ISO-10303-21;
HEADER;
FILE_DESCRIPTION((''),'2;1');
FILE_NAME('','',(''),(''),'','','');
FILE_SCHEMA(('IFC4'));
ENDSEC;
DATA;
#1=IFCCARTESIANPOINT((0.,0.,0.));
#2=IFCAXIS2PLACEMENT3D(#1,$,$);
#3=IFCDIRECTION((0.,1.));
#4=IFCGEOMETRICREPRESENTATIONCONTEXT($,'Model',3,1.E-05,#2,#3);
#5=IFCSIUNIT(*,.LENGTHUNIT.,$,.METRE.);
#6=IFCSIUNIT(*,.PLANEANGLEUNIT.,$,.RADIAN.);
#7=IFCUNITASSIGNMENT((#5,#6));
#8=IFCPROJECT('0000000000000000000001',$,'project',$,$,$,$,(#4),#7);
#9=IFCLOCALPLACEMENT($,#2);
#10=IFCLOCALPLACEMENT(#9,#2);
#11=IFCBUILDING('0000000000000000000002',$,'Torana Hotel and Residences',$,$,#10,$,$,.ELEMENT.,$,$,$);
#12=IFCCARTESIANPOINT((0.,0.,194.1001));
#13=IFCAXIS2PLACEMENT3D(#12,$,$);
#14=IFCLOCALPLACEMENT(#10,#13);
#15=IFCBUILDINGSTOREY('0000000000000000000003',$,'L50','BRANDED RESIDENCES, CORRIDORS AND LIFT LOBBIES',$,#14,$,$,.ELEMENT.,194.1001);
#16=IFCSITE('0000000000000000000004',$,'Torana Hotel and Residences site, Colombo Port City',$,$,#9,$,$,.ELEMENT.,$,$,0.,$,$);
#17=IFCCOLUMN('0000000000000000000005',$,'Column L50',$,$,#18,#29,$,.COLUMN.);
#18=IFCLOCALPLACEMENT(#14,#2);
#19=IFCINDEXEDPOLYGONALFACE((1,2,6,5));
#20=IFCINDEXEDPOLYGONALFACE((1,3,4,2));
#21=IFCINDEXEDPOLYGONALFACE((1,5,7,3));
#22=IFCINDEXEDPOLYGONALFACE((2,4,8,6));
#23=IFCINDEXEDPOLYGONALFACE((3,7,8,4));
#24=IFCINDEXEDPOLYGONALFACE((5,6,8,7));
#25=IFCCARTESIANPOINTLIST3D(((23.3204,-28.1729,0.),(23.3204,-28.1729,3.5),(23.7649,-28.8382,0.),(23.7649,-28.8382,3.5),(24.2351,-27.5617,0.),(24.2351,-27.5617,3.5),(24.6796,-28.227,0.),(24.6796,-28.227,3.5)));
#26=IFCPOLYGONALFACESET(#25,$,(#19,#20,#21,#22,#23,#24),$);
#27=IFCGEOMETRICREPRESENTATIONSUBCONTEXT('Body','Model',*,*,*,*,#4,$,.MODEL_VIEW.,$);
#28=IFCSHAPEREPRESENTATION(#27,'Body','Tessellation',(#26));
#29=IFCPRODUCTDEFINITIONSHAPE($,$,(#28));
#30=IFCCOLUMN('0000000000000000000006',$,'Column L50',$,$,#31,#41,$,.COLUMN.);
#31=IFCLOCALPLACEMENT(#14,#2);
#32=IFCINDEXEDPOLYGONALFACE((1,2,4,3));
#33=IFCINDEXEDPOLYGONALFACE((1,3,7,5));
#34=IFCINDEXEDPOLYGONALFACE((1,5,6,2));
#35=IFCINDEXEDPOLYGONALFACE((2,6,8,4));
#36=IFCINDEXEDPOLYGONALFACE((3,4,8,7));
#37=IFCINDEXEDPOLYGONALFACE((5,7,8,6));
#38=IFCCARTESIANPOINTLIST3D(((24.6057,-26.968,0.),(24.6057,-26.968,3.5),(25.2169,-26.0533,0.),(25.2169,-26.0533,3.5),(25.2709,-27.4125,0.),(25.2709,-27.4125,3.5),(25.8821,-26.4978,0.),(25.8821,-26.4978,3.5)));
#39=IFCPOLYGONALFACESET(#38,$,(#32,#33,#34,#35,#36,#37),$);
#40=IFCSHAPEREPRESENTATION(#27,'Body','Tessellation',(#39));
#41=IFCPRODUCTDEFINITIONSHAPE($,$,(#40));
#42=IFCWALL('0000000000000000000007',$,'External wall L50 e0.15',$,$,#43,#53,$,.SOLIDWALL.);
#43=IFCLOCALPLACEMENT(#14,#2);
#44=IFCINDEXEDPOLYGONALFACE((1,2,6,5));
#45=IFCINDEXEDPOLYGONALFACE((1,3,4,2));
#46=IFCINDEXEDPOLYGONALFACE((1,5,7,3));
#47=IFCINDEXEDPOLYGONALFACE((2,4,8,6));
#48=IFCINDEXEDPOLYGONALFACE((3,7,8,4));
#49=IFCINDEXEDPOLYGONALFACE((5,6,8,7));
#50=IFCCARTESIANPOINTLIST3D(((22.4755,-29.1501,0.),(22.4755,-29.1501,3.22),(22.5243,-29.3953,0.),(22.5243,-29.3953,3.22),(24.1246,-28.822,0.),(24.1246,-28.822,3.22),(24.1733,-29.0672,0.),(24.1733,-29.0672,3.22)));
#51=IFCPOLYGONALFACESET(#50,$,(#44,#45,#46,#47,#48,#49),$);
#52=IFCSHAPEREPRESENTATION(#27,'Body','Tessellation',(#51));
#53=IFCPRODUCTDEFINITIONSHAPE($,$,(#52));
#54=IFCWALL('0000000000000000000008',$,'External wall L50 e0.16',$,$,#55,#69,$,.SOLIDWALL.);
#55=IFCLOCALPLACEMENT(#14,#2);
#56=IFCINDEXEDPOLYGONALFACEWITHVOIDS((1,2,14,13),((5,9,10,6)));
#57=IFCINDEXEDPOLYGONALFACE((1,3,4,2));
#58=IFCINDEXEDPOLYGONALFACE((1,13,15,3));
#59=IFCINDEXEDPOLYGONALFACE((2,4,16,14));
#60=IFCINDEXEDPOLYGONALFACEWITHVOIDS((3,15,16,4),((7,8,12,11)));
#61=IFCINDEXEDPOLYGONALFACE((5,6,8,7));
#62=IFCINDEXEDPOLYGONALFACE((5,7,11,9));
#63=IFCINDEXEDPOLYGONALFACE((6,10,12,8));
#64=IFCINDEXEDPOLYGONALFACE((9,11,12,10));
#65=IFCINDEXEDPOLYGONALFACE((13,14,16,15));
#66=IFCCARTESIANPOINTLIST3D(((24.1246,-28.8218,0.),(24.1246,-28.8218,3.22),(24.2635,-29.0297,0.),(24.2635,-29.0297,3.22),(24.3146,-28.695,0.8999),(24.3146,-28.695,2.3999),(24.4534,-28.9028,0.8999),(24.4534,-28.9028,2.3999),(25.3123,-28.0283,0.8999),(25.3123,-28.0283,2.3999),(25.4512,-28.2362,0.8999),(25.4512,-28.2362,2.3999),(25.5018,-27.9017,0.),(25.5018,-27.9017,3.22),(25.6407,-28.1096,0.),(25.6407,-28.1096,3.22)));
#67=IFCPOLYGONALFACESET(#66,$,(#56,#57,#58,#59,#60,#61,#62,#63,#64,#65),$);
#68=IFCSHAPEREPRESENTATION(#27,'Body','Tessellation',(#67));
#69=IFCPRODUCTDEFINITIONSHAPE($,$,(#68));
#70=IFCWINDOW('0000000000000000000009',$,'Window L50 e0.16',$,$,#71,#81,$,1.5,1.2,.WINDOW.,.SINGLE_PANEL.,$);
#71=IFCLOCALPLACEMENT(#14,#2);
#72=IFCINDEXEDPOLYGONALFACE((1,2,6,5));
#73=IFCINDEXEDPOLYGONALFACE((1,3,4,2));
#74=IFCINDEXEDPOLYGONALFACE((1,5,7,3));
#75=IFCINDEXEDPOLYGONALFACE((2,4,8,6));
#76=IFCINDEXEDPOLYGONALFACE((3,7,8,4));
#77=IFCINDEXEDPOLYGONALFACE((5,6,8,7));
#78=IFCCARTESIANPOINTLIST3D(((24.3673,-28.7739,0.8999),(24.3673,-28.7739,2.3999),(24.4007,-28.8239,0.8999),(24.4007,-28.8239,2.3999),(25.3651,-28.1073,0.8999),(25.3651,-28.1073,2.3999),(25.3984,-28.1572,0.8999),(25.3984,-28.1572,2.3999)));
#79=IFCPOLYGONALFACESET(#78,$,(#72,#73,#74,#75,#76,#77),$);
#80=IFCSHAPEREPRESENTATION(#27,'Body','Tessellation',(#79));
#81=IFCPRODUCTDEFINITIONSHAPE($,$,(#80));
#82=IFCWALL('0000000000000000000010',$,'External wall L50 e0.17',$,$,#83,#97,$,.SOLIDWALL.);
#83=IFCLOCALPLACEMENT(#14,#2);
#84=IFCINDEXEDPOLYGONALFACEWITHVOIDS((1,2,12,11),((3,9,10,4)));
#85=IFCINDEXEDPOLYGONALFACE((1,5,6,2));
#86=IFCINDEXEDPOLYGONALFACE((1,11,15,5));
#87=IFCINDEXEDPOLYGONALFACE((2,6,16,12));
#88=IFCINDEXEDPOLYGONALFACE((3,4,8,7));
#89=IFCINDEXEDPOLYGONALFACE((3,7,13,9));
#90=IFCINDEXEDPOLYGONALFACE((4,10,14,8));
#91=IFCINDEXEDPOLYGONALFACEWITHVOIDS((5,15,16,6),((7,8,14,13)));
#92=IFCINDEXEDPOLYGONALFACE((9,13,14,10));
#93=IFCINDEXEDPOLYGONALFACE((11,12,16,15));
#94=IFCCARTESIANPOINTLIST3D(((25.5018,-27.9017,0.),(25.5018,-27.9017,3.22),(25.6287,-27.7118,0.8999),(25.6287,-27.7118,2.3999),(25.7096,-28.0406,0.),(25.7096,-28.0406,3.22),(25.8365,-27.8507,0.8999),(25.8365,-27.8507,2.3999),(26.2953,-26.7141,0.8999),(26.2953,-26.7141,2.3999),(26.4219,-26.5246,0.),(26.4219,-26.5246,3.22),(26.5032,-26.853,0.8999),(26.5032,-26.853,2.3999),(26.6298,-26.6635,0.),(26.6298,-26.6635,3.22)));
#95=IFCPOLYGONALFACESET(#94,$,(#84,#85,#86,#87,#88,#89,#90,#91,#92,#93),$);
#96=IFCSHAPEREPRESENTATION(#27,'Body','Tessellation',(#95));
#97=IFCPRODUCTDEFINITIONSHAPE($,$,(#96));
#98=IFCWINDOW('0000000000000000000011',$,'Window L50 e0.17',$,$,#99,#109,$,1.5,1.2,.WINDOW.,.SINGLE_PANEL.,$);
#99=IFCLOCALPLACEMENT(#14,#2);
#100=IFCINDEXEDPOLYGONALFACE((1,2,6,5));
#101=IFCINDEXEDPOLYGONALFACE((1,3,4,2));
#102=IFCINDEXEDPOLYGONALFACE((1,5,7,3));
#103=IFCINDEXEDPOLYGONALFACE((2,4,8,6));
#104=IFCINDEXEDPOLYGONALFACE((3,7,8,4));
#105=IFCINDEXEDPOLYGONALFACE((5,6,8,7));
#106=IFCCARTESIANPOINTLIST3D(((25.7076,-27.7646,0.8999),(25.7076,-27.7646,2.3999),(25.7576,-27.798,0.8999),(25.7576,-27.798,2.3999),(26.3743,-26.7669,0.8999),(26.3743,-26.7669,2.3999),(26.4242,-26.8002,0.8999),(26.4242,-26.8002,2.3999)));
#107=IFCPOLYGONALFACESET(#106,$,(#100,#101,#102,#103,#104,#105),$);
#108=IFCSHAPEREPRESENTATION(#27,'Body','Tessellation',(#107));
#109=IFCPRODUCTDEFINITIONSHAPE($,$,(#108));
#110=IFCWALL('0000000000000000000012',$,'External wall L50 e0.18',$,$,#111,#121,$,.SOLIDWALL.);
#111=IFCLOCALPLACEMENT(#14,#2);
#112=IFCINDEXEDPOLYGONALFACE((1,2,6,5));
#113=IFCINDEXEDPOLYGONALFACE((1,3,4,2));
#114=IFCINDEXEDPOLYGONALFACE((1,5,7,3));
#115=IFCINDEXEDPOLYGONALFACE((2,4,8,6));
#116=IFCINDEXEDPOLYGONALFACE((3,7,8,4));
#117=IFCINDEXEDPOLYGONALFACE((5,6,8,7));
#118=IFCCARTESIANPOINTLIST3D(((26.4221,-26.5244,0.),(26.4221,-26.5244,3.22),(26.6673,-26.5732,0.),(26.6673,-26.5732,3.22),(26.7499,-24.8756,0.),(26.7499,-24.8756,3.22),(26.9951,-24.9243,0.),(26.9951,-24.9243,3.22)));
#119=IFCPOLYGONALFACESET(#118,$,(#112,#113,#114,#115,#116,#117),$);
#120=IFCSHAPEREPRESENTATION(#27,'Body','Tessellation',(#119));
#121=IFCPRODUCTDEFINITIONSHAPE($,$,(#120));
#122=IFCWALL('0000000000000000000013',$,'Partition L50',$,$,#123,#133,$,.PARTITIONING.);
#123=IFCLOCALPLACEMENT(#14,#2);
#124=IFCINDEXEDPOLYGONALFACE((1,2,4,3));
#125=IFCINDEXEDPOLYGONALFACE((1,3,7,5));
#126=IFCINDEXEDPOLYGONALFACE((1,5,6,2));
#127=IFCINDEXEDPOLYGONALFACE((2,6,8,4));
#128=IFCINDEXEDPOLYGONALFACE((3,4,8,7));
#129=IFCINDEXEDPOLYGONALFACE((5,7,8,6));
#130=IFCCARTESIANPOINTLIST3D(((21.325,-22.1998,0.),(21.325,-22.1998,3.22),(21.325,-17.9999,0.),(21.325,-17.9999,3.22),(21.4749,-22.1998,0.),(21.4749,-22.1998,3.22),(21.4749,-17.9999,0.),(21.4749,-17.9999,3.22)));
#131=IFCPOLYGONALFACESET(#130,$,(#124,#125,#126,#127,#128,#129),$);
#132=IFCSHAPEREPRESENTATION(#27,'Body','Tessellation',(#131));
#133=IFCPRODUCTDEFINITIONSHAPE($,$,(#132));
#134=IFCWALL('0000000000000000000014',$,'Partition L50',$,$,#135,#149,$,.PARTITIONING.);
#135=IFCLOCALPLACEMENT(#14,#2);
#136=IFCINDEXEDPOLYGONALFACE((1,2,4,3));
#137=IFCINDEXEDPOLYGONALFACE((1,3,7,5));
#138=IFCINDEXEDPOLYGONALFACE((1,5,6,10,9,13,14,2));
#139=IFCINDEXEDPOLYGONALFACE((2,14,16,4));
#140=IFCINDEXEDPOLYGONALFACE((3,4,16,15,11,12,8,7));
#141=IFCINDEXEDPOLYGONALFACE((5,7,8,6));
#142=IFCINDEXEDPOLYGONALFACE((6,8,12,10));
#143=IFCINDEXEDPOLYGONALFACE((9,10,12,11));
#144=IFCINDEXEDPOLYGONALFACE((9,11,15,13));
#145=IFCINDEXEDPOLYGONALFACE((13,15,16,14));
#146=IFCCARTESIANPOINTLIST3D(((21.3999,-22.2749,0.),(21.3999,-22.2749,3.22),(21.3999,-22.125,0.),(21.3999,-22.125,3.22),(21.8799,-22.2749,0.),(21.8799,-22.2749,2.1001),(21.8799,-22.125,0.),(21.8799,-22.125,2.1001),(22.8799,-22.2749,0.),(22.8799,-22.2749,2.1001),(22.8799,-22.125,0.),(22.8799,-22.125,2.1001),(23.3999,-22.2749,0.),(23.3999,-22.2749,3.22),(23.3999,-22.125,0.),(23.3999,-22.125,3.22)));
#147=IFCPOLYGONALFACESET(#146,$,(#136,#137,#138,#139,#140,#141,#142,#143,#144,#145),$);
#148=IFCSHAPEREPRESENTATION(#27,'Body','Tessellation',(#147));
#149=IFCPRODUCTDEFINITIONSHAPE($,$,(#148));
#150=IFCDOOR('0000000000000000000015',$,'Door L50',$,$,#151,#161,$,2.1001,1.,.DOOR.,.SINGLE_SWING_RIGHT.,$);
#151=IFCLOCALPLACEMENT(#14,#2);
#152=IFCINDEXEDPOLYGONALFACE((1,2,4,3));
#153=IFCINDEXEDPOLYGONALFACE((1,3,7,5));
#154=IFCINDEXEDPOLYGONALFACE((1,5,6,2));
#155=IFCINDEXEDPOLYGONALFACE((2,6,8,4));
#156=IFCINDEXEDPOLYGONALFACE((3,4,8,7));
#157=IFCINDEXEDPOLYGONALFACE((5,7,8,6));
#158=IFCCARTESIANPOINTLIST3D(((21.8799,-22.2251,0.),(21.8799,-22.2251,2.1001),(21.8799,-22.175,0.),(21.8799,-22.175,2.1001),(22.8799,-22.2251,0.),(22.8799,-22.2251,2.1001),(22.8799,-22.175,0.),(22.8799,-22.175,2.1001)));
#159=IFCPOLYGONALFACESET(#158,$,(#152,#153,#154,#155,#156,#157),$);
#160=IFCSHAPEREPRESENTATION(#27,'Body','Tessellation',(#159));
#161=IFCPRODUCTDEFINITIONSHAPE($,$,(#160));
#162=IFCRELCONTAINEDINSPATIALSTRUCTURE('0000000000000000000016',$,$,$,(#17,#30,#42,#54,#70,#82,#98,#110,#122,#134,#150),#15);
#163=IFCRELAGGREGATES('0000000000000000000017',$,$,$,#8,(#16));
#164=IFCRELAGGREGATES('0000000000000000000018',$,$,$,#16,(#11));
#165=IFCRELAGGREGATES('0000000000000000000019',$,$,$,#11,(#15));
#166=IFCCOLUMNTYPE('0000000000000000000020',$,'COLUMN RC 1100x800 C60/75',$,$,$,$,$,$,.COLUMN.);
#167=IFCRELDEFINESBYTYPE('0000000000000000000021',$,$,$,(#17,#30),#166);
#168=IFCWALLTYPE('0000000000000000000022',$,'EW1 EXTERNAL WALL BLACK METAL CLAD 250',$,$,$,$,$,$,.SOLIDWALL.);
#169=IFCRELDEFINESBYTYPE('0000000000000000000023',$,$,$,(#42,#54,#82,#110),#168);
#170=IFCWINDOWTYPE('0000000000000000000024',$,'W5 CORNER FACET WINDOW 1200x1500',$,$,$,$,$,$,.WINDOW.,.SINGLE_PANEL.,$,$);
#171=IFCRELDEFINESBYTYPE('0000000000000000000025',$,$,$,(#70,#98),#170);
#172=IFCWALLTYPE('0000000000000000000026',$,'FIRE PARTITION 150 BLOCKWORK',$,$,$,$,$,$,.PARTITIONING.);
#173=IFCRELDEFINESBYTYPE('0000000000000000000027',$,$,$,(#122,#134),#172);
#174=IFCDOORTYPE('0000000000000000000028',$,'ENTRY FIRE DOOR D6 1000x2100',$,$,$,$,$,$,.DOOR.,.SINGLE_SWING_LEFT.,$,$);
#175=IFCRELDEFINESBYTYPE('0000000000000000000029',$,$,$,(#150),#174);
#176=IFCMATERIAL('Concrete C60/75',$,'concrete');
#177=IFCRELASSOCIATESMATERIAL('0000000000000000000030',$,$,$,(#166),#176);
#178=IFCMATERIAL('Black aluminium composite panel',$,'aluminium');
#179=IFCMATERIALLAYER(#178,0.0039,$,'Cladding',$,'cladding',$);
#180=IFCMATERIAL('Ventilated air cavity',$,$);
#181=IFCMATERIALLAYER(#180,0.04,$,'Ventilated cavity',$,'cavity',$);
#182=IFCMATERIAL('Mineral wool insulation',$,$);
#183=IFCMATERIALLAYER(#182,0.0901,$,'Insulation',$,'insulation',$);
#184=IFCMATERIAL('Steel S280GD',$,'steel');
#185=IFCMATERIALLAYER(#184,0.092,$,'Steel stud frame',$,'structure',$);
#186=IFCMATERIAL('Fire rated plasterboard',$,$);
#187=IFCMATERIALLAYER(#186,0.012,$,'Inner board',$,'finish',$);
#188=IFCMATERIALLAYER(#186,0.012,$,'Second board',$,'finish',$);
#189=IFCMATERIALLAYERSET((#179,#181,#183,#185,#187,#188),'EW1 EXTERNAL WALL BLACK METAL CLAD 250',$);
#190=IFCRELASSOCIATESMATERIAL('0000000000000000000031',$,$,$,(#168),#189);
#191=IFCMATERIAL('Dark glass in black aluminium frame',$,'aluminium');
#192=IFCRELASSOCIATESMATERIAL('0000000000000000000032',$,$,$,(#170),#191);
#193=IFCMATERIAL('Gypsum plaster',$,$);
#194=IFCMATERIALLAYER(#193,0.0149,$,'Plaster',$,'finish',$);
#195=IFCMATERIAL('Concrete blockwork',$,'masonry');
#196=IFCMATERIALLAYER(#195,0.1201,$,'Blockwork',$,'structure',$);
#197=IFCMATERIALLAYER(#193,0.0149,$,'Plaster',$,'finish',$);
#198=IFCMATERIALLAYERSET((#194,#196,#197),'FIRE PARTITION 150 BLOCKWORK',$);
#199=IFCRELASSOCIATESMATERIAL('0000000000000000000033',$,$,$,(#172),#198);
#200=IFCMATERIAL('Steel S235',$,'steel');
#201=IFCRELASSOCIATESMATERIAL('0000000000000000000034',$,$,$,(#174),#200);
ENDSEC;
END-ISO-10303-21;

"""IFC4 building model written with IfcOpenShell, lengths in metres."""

from ifc_helpers import new_model, si_unit, direction, frame, frame_2d, origin, origin_2d, place, context, subcontext, project, spatial, rectangle, extrude, material, layer, layer_set, material_profile, profile_set, type_object, element, fill, save


model = new_model("IFC4")

# Units and contexts
model_context = context("Model", 3, precision=1e-05, world=origin(), true_north=direction((0.0, 1.0)))
body_context = subcontext(model_context, "Body", "Model", "MODEL_VIEW")
ifc_project = project(units=[si_unit("LENGTHUNIT", "METRE"), si_unit("PLANEANGLEUNIT", "RADIAN")], contexts=[model_context])

# Site, building, storey
site_placement = place(None, origin())
site = spatial("IfcSite", under=ifc_project, at=site_placement, Name="Torana Hotel and Residences site, Colombo Port City", CompositionType="ELEMENT", RefElevation=0.0)
building_placement = place(site_placement, origin())
building = spatial("IfcBuilding", under=site, at=building_placement, Name="Torana Hotel and Residences", CompositionType="ELEMENT")
storey_placement = place(building_placement, frame((0.0, 0.0, 194.1001)))
storey = spatial("IfcBuildingStorey", under=building, at=storey_placement, Name="L50", Description="BRANDED RESIDENCES, CORRIDORS AND LIFT LOBBIES", CompositionType="ELEMENT", Elevation=194.1001)

# Columns
ifc_material_1 = material(Name="Concrete C60/75", Category="concrete")
ifc_material_profile = material_profile(ifc_material_1, rectangle(XDim=1.1001, YDim=0.8, at=origin_2d()), Name="RC 1100x800")
ifc_profile_set = profile_set([ifc_material_profile], Name="Concrete C60/75")
column_type = type_object("IfcColumnType", Name="COLUMN RC 1100x800 C60/75", PredefinedType="COLUMN", material=ifc_profile_set)
for number, where, z_axis, x_axis, name in (
    (1, (24.0, -28.2, 0.0), (0.0, 0.0, 1.0), (0.83146, 0.555585, 0.0), "Column L50"),
    (2, (25.2439, -26.7329, 0.0), (0.0, 0.0, 1.0), (0.555585, 0.83146, 0.0), "Column L50"),
):
    element("IfcColumn", number, at=place(storey_placement, frame(where, z_axis=z_axis, x_axis=x_axis)), inside=storey, type_object=column_type, Name=name, PredefinedType="COLUMN", context=body_context, shape_type="SweptSolid", body=[
        extrude(rectangle(XDim=1.1001, YDim=0.8, at=origin_2d()), origin(), (0.0, 0.0, 1.0), 3.5),
    ])

# Wall
ifc_material_2 = material(Name="Black aluminium composite panel", Category="aluminium")
ifc_layer_1 = layer(ifc_material_2, 0.0039, Name="Cladding", Category="cladding")
ifc_material_3 = material(Name="Ventilated air cavity")
ifc_layer_2 = layer(ifc_material_3, 0.04, Name="Ventilated cavity", Category="cavity")
ifc_material_4 = material(Name="Mineral wool insulation")
ifc_layer_3 = layer(ifc_material_4, 0.0901, Name="Insulation", Category="insulation")
ifc_material_5 = material(Name="Steel S280GD", Category="steel")
ifc_layer_4 = layer(ifc_material_5, 0.092, Name="Steel stud frame", Category="structure")
ifc_material_6 = material(Name="Fire rated plasterboard")
ifc_layer_5 = layer(ifc_material_6, 0.012, Name="Inner board", Category="finish")
ifc_layer_6 = layer(ifc_material_6, 0.012, Name="Second board", Category="finish")
ifc_layer_set_1 = layer_set([ifc_layer_1, ifc_layer_2, ifc_layer_3, ifc_layer_4, ifc_layer_5, ifc_layer_6], Name="EW1 EXTERNAL WALL BLACK METAL CLAD 250")
wall_type_1 = type_object("IfcWallType", Name="EW1 EXTERNAL WALL BLACK METAL CLAD 250", PredefinedType="SOLIDWALL", material=ifc_layer_set_1)
wall_1_placement = place(storey_placement, frame((22.4998, -29.2727, 0.0), z_axis=(0.0, 0.0, 1.0), x_axis=(0.980776, 0.195139, 0.0)))
element("IfcWall", 3, at=wall_1_placement, inside=storey, type_object=wall_type_1, Name="External wall L50 e0.15", PredefinedType="SOLIDWALL", context=body_context, shape_type="SweptSolid", body=[
    extrude(rectangle(XDim=1.6814, YDim=0.25, at=frame_2d((0.8408, 0.0))), origin(), (0.0, 0.0, 1.0), 3.22),
])

# Walls, openings, windows
wall_2_placement = place(storey_placement, frame((24.1941, -28.9258, 0.0), z_axis=(0.0, 0.0, 1.0), x_axis=(0.831483, 0.55555, 0.0)))
wall_2 = element("IfcWall", 4, at=wall_2_placement, inside=storey, type_object=wall_type_1, Name="External wall L50 e0.16", PredefinedType="SOLIDWALL", context=body_context, shape_type="SweptSolid", body=[
    extrude(rectangle(XDim=1.6562, YDim=0.25, at=frame_2d((0.8281, 0.0))), origin(), (0.0, 0.0, 1.0), 3.22),
])
opening_1_placement = place(wall_2_placement, frame((0.2283, 0.0, 0.8999)))
opening_1 = element("IfcOpeningElement", 5, at=opening_1_placement, cuts=wall_2, PredefinedType="OPENING", context=body_context, shape_type="SweptSolid", body=[
    extrude(rectangle(XDim=1.2, YDim=1.5, at=frame_2d((0.6001, 0.75))), frame((0.0, 0.135, 0.0), z_axis=(0.0, -1.0, 0.0), x_axis=(1.0, 0.0, 0.0)), (0.0, 0.0, 1.0), 0.27),
])
ifc_material_7 = material(Name="Dark glass in black aluminium frame", Category="aluminium")
window_type = type_object("IfcWindowType", Name="W5 CORNER FACET WINDOW 1200x1500", PartitioningType="SINGLE_PANEL", PredefinedType="WINDOW", material=ifc_material_7)
window_1_placement = place(opening_1_placement, origin())
window_1 = element("IfcWindow", 6, at=window_1_placement, inside=storey, type_object=window_type, Name="Window L50 e0.16", OverallHeight=1.5, OverallWidth=1.2, PartitioningType="SINGLE_PANEL", PredefinedType="WINDOW", context=body_context, shape_type="SweptSolid", body=[
    extrude(rectangle(XDim=1.2, YDim=1.5, at=frame_2d((0.6001, 0.75))), frame((0.0, 0.03, 0.0), z_axis=(0.0, -1.0, 0.0), x_axis=(1.0, 0.0, 0.0)), (0.0, 0.0, 1.0), 0.0601),
])
fill(opening_1, window_1)
wall_3_placement = place(storey_placement, frame((25.6057, -27.9712, 0.0), z_axis=(0.0, 0.0, 1.0), x_axis=(0.55555, 0.831483, 0.0)))
wall_3 = element("IfcWall", 7, at=wall_3_placement, inside=storey, type_object=wall_type_1, Name="External wall L50 e0.17", PredefinedType="SOLIDWALL", context=body_context, shape_type="SweptSolid", body=[
    extrude(rectangle(XDim=1.6562, YDim=0.25, at=frame_2d((0.8281, 0.0))), origin(), (0.0, 0.0, 1.0), 3.22),
])
opening_2_placement = place(wall_3_placement, frame((0.2283, 0.0, 0.8999)))
opening_2 = element("IfcOpeningElement", 8, at=opening_2_placement, cuts=wall_3, PredefinedType="OPENING", context=body_context, shape_type="SweptSolid", body=[
    extrude(rectangle(XDim=1.2, YDim=1.5, at=frame_2d((0.6001, 0.75))), frame((0.0, 0.135, 0.0), z_axis=(0.0, -1.0, 0.0), x_axis=(1.0, 0.0, 0.0)), (0.0, 0.0, 1.0), 0.27),
])
window_2_placement = place(opening_2_placement, origin())
window_2 = element("IfcWindow", 9, at=window_2_placement, inside=storey, type_object=window_type, Name="Window L50 e0.17", OverallHeight=1.5, OverallWidth=1.2, PartitioningType="SINGLE_PANEL", PredefinedType="WINDOW", context=body_context, shape_type="SweptSolid", body=[
    extrude(rectangle(XDim=1.2, YDim=1.5, at=frame_2d((0.6001, 0.75))), frame((0.0, 0.03, 0.0), z_axis=(0.0, -1.0, 0.0), x_axis=(1.0, 0.0, 0.0)), (0.0, 0.0, 1.0), 0.0601),
])
fill(opening_2, window_2)

# Wall
wall_4_placement = place(storey_placement, frame((26.5447, -26.5488, 0.0), z_axis=(0.0, 0.0, 1.0), x_axis=(0.195027, 0.980798, 0.0)))
element("IfcWall", 10, at=wall_4_placement, inside=storey, type_object=wall_type_1, Name="External wall L50 e0.18", PredefinedType="SOLIDWALL", context=body_context, shape_type="SweptSolid", body=[
    extrude(rectangle(XDim=1.6812, YDim=0.25, at=frame_2d((0.8406, 0.0))), origin(), (0.0, 0.0, 1.0), 3.22),
])

# Wall
ifc_material_8 = material(Name="Gypsum plaster")
ifc_layer_7 = layer(ifc_material_8, 0.0149, Name="Plaster", Category="finish")
ifc_material_9 = material(Name="Concrete blockwork", Category="masonry")
ifc_layer_8 = layer(ifc_material_9, 0.1201, Name="Blockwork", Category="structure")
ifc_layer_9 = layer(ifc_material_8, 0.0149, Name="Plaster", Category="finish")
ifc_layer_set_2 = layer_set([ifc_layer_7, ifc_layer_8, ifc_layer_9], Name="FIRE PARTITION 150 BLOCKWORK")
wall_type_2 = type_object("IfcWallType", Name="FIRE PARTITION 150 BLOCKWORK", PredefinedType="PARTITIONING", material=ifc_layer_set_2)
wall_5_placement = place(storey_placement, frame((21.3999, -22.2, 0.0), z_axis=(0.0, 0.0, 1.0), x_axis=(0.0, 1.0, 0.0)))
element("IfcWall", 11, at=wall_5_placement, inside=storey, type_object=wall_type_2, Name="Partition L50", PredefinedType="PARTITIONING", context=body_context, shape_type="SweptSolid", body=[
    extrude(rectangle(XDim=4.2, YDim=0.1499, at=frame_2d((2.1001, 0.0))), origin(), (0.0, 0.0, 1.0), 3.22),
])

# Wall, opening, door
wall_6_placement = place(storey_placement, frame((21.3999, -22.2, 0.0), z_axis=(0.0, 0.0, 1.0), x_axis=(1.0, 0.0, 0.0)))
wall_6 = element("IfcWall", 12, at=wall_6_placement, inside=storey, type_object=wall_type_2, Name="Partition L50", PredefinedType="PARTITIONING", context=body_context, shape_type="SweptSolid", body=[
    extrude(rectangle(XDim=2.0, YDim=0.1499, at=frame_2d((1.0, 0.0))), origin(), (0.0, 0.0, 1.0), 3.22),
])
opening_3_placement = place(wall_6_placement, frame((0.48, 0.0, 0.0)))
opening_3 = element("IfcOpeningElement", 13, at=opening_3_placement, cuts=wall_6, PredefinedType="OPENING", context=body_context, shape_type="SweptSolid", body=[
    extrude(rectangle(XDim=1.0, YDim=2.1001, at=frame_2d((0.5, 1.05))), frame((0.0, 0.085, 0.0), z_axis=(0.0, -1.0, 0.0), x_axis=(1.0, 0.0, 0.0)), (0.0, 0.0, 1.0), 0.1699),
])
ifc_material_10 = material(Name="Steel S235", Category="steel")
door_type_1 = type_object("IfcDoorType", Name="ENTRY FIRE DOOR D6 1000x2100", OperationType="SINGLE_SWING_LEFT", PredefinedType="DOOR", material=ifc_material_10)
door_1_placement = place(opening_3_placement, frame((0.5, 0.0, 0.0), z_axis=(0.0, 0.0, 1.0), x_axis=(-1.0, 0.0, 0.0)))
door_1 = element("IfcDoor", 14, at=door_1_placement, inside=storey, type_object=door_type_1, Name="Door L50", OperationType="SINGLE_SWING_RIGHT", OverallHeight=2.1001, OverallWidth=1.0, PredefinedType="DOOR", context=body_context, shape_type="SweptSolid", body=[
    extrude(rectangle(XDim=1.0, YDim=2.1001, at=frame_2d((0.0, 1.05))), frame((0.0, -0.0249, 0.0), z_axis=(0.0, 1.0, 0.0), x_axis=(-1.0, 0.0, 0.0)), (0.0, 0.0, 1.0), 0.05),
])
fill(opening_3, door_1)

save(model, "model.ifc")
